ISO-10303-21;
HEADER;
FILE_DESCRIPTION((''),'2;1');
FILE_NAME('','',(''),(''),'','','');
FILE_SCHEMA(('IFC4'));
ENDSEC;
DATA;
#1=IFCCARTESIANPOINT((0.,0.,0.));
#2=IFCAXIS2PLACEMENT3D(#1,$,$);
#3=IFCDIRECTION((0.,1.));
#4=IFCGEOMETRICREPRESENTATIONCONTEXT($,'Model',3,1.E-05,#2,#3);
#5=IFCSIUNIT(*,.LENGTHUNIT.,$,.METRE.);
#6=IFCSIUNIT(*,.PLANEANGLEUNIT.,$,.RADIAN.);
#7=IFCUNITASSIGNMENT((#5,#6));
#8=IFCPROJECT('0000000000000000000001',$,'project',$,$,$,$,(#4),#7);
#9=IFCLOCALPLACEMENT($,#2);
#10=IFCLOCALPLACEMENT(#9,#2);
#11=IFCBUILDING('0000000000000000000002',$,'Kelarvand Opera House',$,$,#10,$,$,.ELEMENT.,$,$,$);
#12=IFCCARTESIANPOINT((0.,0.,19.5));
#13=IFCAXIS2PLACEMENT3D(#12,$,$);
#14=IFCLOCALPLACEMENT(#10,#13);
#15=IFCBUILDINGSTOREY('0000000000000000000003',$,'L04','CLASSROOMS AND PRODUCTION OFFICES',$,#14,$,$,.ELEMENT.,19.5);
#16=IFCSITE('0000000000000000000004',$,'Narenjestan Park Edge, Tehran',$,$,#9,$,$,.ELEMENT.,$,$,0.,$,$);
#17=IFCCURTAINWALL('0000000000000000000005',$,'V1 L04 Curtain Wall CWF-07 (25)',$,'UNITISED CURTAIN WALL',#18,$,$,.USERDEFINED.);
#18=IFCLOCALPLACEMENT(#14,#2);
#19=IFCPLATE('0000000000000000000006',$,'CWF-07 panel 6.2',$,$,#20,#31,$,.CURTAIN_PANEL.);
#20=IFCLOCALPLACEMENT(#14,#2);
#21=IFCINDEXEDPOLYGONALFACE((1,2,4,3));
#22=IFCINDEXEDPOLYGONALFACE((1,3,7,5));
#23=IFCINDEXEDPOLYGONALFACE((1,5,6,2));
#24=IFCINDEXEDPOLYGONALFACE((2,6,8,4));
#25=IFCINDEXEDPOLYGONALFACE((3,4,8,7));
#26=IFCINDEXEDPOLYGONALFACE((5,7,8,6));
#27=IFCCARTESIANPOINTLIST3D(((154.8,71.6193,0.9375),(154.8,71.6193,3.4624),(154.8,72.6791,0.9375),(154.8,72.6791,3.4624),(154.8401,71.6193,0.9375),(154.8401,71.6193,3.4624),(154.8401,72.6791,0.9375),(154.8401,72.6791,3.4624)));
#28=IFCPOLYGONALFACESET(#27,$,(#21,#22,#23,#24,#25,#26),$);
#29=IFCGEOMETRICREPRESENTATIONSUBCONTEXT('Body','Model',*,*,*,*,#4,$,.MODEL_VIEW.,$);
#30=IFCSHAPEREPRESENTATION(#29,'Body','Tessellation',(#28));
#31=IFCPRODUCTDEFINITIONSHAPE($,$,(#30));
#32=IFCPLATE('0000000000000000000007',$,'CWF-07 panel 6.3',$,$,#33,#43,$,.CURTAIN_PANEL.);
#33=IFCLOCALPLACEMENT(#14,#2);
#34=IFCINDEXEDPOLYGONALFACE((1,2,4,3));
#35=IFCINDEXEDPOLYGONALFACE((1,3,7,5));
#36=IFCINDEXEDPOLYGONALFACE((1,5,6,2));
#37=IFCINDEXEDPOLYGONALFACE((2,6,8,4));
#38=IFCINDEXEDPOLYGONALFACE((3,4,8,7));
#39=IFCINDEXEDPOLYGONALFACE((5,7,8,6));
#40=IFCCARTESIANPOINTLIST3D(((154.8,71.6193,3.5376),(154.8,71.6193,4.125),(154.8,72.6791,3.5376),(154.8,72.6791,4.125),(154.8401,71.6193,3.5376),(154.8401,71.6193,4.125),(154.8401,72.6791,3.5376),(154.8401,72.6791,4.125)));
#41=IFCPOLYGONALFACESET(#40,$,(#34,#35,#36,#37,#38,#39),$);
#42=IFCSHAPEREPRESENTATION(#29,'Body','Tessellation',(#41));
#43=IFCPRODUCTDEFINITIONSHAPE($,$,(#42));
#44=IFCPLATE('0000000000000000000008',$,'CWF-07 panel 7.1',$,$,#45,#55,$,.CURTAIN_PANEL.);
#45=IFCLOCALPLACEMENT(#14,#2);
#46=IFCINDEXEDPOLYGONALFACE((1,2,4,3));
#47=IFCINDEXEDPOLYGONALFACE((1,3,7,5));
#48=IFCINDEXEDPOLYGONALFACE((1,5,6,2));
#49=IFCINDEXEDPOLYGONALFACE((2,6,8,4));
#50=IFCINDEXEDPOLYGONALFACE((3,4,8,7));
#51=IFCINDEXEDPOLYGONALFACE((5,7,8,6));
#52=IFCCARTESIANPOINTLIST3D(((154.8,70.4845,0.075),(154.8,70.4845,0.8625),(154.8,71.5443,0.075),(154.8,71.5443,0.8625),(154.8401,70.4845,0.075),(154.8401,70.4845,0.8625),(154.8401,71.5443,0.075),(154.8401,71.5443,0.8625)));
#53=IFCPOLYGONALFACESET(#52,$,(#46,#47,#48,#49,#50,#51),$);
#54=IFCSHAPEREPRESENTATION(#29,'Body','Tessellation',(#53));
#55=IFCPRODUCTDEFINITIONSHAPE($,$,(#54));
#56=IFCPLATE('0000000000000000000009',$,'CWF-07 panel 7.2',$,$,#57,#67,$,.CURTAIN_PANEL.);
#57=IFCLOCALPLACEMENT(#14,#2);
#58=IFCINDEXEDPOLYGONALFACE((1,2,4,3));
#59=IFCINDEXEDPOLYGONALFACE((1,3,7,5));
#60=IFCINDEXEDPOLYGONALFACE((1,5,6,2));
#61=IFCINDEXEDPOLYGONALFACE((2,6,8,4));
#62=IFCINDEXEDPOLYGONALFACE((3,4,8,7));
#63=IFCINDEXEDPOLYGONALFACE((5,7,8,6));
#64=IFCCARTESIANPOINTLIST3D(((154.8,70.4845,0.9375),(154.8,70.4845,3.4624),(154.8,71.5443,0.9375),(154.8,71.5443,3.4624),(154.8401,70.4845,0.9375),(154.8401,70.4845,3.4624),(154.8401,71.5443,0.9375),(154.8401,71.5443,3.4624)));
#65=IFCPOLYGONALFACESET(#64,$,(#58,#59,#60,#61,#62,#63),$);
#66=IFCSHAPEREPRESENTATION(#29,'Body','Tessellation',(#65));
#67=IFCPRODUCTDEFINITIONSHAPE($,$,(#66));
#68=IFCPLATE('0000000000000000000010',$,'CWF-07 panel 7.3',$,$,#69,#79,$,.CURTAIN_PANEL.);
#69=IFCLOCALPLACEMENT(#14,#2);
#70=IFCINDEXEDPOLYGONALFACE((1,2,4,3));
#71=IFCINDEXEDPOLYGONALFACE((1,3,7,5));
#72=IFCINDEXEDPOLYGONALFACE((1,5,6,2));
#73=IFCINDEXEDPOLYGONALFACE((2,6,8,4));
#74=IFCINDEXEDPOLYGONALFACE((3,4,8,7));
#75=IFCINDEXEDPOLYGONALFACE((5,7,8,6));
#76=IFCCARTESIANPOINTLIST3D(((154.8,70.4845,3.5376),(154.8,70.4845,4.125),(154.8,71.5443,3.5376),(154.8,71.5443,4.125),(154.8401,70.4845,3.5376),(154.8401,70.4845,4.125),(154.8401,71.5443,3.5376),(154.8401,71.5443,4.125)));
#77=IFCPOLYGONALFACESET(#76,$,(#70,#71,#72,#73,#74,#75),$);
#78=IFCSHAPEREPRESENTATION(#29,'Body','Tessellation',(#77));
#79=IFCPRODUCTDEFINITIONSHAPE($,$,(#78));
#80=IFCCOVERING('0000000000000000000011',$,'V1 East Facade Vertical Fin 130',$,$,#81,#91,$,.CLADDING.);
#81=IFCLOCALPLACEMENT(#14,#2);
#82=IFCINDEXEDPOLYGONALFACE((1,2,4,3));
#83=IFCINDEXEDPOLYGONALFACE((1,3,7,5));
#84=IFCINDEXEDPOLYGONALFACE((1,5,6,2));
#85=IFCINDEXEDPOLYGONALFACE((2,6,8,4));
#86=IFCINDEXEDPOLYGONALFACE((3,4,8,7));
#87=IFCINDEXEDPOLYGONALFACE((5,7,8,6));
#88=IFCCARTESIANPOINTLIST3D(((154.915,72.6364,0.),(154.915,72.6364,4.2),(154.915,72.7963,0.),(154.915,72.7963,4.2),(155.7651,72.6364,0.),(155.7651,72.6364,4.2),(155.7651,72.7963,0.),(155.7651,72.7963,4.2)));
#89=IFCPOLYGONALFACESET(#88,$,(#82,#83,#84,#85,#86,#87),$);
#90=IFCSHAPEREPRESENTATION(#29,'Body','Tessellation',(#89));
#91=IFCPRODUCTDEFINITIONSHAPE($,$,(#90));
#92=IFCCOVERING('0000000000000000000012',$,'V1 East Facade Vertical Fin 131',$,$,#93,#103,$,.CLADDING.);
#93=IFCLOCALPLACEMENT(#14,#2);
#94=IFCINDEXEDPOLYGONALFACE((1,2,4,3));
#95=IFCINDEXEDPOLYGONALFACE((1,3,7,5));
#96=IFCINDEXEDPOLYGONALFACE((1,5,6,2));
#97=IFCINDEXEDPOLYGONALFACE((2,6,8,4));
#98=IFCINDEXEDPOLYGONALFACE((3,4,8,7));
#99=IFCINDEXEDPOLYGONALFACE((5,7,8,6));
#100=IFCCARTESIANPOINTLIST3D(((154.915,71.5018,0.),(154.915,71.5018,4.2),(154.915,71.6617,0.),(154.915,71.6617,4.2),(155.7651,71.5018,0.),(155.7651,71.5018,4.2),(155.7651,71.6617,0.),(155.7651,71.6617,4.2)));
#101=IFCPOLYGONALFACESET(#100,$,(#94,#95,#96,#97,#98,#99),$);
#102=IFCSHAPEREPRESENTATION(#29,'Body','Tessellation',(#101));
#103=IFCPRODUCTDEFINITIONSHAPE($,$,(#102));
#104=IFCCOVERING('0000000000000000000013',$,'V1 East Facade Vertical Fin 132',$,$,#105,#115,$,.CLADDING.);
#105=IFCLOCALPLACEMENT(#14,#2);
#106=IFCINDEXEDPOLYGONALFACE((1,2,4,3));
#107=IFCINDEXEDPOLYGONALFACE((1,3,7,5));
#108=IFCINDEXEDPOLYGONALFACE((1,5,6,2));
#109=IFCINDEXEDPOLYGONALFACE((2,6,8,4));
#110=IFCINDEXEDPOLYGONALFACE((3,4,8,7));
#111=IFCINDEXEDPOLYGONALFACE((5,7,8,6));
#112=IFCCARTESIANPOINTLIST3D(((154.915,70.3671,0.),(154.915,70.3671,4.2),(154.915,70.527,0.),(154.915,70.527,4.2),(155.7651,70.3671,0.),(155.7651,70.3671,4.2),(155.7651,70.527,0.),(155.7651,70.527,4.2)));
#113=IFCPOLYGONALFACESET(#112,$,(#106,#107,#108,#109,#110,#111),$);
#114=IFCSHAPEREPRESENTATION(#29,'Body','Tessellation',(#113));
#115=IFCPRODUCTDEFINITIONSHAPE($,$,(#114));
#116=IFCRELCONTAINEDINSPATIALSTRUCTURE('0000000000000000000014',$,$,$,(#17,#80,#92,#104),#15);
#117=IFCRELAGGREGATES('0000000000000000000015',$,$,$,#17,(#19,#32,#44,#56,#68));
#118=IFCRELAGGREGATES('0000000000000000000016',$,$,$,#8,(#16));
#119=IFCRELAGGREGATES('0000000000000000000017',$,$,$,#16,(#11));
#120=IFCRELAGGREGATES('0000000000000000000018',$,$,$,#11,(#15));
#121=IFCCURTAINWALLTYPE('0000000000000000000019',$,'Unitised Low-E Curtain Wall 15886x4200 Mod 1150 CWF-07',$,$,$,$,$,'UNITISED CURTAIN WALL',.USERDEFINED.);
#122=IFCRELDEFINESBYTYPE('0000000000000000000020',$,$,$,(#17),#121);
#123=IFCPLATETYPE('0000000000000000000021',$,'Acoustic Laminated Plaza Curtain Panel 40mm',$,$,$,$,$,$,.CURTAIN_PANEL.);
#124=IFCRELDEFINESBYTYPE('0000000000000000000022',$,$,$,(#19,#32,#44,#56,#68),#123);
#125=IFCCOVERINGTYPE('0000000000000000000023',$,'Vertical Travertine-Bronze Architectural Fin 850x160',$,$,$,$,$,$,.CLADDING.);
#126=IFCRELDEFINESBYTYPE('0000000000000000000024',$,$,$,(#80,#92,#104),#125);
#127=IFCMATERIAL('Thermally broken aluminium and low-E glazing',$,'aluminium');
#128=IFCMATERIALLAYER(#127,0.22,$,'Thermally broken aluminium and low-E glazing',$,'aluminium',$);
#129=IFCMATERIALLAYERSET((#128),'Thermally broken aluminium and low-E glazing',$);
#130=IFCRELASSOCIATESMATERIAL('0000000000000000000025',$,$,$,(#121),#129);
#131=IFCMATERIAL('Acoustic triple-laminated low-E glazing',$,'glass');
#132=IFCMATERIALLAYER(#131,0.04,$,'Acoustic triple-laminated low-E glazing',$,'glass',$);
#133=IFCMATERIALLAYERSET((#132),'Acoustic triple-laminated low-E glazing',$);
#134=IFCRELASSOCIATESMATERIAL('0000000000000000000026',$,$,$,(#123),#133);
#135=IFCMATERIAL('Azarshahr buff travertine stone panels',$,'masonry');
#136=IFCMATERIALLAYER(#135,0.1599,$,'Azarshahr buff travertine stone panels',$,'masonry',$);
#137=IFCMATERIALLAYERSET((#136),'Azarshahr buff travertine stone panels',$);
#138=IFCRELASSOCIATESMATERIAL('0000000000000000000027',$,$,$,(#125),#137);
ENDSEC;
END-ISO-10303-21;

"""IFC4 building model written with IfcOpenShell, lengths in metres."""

from ifc_helpers import new_model, si_unit, direction, frame, origin, origin_2d, place, context, subcontext, project, spatial, rectangle, extrude, material, layer, layer_set, type_object, element, aggregate, save


model = new_model("IFC4")

# Units and contexts
model_context = context("Model", 3, precision=1e-05, world=origin(), true_north=direction((0.0, 1.0)))
body_context = subcontext(model_context, "Body", "Model", "MODEL_VIEW")
ifc_project = project(units=[si_unit("LENGTHUNIT", "METRE"), si_unit("PLANEANGLEUNIT", "RADIAN")], contexts=[model_context])

# Site, building, storey
site_placement = place(None, origin())
site = spatial("IfcSite", under=ifc_project, at=site_placement, Name="Narenjestan Park Edge, Tehran", CompositionType="ELEMENT", RefElevation=0.0)
building_placement = place(site_placement, origin())
building = spatial("IfcBuilding", under=site, at=building_placement, Name="Kelarvand Opera House", CompositionType="ELEMENT")
storey_placement = place(building_placement, frame((0.0, 0.0, 19.5)))
storey = spatial("IfcBuildingStorey", under=building, at=storey_placement, Name="L04", Description="CLASSROOMS AND PRODUCTION OFFICES", CompositionType="ELEMENT", Elevation=19.5)

# Curtain wall, plates
ifc_material_1 = material(Name="Thermally broken aluminium and low-E glazing", Category="aluminium")
ifc_layer_1 = layer(ifc_material_1, 0.22, Name="Thermally broken aluminium and low-E glazing", Category="aluminium")
ifc_layer_set_1 = layer_set([ifc_layer_1], Name="Thermally broken aluminium and low-E glazing")
curtain_wall_type = type_object("IfcCurtainWallType", Name="Unitised Low-E Curtain Wall 15886x4200 Mod 1150 CWF-07", ElementType="UNITISED CURTAIN WALL", PredefinedType="USERDEFINED", material=ifc_layer_set_1)
curtain_wall_placement = place(storey_placement, origin())
curtain_wall = element("IfcCurtainWall", 1, at=curtain_wall_placement, inside=storey, type_object=curtain_wall_type, Name="V1 L04 Curtain Wall CWF-07 (25)", ObjectType="UNITISED CURTAIN WALL", PredefinedType="USERDEFINED")
ifc_material_2 = material(Name="Acoustic triple-laminated low-E glazing", Category="glass")
ifc_layer_2 = layer(ifc_material_2, 0.04, Name="Acoustic triple-laminated low-E glazing", Category="glass")
ifc_layer_set_2 = layer_set([ifc_layer_2], Name="Acoustic triple-laminated low-E glazing")
plate_type = type_object("IfcPlateType", Name="Acoustic Laminated Plaza Curtain Panel 40mm", PredefinedType="CURTAIN_PANEL", material=ifc_layer_set_2)
plate_1_placement = place(storey_placement, frame((154.8201, 72.1492, 0.9375), z_axis=(0.0, 0.0, 1.0), x_axis=(0.0, -1.0, 0.0)))
plate_1 = element("IfcPlate", 2, at=plate_1_placement, type_object=plate_type, Name="CWF-07 panel 6.2", PredefinedType="CURTAIN_PANEL", context=body_context, shape_type="SweptSolid", body=[
    extrude(rectangle(XDim=1.0598, YDim=0.04, at=origin_2d()), origin(), (0.0, 0.0, 1.0), 2.5249),
])
plate_2_placement = place(storey_placement, frame((154.8201, 72.1492, 3.5376), z_axis=(0.0, 0.0, 1.0), x_axis=(0.0, -1.0, 0.0)))
plate_2 = element("IfcPlate", 3, at=plate_2_placement, type_object=plate_type, Name="CWF-07 panel 6.3", PredefinedType="CURTAIN_PANEL", context=body_context, shape_type="SweptSolid", body=[
    extrude(rectangle(XDim=1.0598, YDim=0.04, at=origin_2d()), origin(), (0.0, 0.0, 1.0), 0.5874),
])
plate_3_placement = place(storey_placement, frame((154.8201, 71.0144, 0.075), z_axis=(0.0, 0.0, 1.0), x_axis=(0.0, -1.0, 0.0)))
plate_3 = element("IfcPlate", 4, at=plate_3_placement, type_object=plate_type, Name="CWF-07 panel 7.1", PredefinedType="CURTAIN_PANEL", context=body_context, shape_type="SweptSolid", body=[
    extrude(rectangle(XDim=1.0598, YDim=0.04, at=origin_2d()), origin(), (0.0, 0.0, 1.0), 0.7876),
])
plate_4_placement = place(storey_placement, frame((154.8201, 71.0144, 0.9375), z_axis=(0.0, 0.0, 1.0), x_axis=(0.0, -1.0, 0.0)))
plate_4 = element("IfcPlate", 5, at=plate_4_placement, type_object=plate_type, Name="CWF-07 panel 7.2", PredefinedType="CURTAIN_PANEL", context=body_context, shape_type="SweptSolid", body=[
    extrude(rectangle(XDim=1.0598, YDim=0.04, at=origin_2d()), origin(), (0.0, 0.0, 1.0), 2.5249),
])
plate_5_placement = place(storey_placement, frame((154.8201, 71.0144, 3.5376), z_axis=(0.0, 0.0, 1.0), x_axis=(0.0, -1.0, 0.0)))
plate_5 = element("IfcPlate", 6, at=plate_5_placement, type_object=plate_type, Name="CWF-07 panel 7.3", PredefinedType="CURTAIN_PANEL", context=body_context, shape_type="SweptSolid", body=[
    extrude(rectangle(XDim=1.0598, YDim=0.04, at=origin_2d()), origin(), (0.0, 0.0, 1.0), 0.5874),
])
aggregate(curtain_wall, [plate_1, plate_2, plate_3, plate_4, plate_5])

# Coverings
ifc_material_3 = material(Name="Azarshahr buff travertine stone panels", Category="masonry")
ifc_layer_3 = layer(ifc_material_3, 0.1599, Name="Azarshahr buff travertine stone panels", Category="masonry")
ifc_layer_set_3 = layer_set([ifc_layer_3], Name="Azarshahr buff travertine stone panels")
covering_type = type_object("IfcCoveringType", Name="Vertical Travertine-Bronze Architectural Fin 850x160", PredefinedType="CLADDING", material=ifc_layer_set_3)
for number, where, z_axis, x_axis, name in (
    (7, (155.3401, 72.7163, 0.0), (0.0, 0.0, 1.0), (1.0, 0.0, 0.0), "V1 East Facade Vertical Fin 130"),
    (8, (155.3401, 71.5818, 0.0), (0.0, 0.0, 1.0), (1.0, 0.0, 0.0), "V1 East Facade Vertical Fin 131"),
    (9, (155.3401, 70.447, 0.0), (0.0, 0.0, 1.0), (1.0, 0.0, 0.0), "V1 East Facade Vertical Fin 132"),
):
    element("IfcCovering", number, at=place(storey_placement, frame(where, z_axis=z_axis, x_axis=x_axis)), inside=storey, type_object=covering_type, Name=name, PredefinedType="CLADDING", context=body_context, shape_type="SweptSolid", body=[
        extrude(rectangle(XDim=0.8501, YDim=0.1599, at=origin_2d()), origin(), (0.0, 0.0, 1.0), 4.2),
    ])

save(model, "model.ifc")
